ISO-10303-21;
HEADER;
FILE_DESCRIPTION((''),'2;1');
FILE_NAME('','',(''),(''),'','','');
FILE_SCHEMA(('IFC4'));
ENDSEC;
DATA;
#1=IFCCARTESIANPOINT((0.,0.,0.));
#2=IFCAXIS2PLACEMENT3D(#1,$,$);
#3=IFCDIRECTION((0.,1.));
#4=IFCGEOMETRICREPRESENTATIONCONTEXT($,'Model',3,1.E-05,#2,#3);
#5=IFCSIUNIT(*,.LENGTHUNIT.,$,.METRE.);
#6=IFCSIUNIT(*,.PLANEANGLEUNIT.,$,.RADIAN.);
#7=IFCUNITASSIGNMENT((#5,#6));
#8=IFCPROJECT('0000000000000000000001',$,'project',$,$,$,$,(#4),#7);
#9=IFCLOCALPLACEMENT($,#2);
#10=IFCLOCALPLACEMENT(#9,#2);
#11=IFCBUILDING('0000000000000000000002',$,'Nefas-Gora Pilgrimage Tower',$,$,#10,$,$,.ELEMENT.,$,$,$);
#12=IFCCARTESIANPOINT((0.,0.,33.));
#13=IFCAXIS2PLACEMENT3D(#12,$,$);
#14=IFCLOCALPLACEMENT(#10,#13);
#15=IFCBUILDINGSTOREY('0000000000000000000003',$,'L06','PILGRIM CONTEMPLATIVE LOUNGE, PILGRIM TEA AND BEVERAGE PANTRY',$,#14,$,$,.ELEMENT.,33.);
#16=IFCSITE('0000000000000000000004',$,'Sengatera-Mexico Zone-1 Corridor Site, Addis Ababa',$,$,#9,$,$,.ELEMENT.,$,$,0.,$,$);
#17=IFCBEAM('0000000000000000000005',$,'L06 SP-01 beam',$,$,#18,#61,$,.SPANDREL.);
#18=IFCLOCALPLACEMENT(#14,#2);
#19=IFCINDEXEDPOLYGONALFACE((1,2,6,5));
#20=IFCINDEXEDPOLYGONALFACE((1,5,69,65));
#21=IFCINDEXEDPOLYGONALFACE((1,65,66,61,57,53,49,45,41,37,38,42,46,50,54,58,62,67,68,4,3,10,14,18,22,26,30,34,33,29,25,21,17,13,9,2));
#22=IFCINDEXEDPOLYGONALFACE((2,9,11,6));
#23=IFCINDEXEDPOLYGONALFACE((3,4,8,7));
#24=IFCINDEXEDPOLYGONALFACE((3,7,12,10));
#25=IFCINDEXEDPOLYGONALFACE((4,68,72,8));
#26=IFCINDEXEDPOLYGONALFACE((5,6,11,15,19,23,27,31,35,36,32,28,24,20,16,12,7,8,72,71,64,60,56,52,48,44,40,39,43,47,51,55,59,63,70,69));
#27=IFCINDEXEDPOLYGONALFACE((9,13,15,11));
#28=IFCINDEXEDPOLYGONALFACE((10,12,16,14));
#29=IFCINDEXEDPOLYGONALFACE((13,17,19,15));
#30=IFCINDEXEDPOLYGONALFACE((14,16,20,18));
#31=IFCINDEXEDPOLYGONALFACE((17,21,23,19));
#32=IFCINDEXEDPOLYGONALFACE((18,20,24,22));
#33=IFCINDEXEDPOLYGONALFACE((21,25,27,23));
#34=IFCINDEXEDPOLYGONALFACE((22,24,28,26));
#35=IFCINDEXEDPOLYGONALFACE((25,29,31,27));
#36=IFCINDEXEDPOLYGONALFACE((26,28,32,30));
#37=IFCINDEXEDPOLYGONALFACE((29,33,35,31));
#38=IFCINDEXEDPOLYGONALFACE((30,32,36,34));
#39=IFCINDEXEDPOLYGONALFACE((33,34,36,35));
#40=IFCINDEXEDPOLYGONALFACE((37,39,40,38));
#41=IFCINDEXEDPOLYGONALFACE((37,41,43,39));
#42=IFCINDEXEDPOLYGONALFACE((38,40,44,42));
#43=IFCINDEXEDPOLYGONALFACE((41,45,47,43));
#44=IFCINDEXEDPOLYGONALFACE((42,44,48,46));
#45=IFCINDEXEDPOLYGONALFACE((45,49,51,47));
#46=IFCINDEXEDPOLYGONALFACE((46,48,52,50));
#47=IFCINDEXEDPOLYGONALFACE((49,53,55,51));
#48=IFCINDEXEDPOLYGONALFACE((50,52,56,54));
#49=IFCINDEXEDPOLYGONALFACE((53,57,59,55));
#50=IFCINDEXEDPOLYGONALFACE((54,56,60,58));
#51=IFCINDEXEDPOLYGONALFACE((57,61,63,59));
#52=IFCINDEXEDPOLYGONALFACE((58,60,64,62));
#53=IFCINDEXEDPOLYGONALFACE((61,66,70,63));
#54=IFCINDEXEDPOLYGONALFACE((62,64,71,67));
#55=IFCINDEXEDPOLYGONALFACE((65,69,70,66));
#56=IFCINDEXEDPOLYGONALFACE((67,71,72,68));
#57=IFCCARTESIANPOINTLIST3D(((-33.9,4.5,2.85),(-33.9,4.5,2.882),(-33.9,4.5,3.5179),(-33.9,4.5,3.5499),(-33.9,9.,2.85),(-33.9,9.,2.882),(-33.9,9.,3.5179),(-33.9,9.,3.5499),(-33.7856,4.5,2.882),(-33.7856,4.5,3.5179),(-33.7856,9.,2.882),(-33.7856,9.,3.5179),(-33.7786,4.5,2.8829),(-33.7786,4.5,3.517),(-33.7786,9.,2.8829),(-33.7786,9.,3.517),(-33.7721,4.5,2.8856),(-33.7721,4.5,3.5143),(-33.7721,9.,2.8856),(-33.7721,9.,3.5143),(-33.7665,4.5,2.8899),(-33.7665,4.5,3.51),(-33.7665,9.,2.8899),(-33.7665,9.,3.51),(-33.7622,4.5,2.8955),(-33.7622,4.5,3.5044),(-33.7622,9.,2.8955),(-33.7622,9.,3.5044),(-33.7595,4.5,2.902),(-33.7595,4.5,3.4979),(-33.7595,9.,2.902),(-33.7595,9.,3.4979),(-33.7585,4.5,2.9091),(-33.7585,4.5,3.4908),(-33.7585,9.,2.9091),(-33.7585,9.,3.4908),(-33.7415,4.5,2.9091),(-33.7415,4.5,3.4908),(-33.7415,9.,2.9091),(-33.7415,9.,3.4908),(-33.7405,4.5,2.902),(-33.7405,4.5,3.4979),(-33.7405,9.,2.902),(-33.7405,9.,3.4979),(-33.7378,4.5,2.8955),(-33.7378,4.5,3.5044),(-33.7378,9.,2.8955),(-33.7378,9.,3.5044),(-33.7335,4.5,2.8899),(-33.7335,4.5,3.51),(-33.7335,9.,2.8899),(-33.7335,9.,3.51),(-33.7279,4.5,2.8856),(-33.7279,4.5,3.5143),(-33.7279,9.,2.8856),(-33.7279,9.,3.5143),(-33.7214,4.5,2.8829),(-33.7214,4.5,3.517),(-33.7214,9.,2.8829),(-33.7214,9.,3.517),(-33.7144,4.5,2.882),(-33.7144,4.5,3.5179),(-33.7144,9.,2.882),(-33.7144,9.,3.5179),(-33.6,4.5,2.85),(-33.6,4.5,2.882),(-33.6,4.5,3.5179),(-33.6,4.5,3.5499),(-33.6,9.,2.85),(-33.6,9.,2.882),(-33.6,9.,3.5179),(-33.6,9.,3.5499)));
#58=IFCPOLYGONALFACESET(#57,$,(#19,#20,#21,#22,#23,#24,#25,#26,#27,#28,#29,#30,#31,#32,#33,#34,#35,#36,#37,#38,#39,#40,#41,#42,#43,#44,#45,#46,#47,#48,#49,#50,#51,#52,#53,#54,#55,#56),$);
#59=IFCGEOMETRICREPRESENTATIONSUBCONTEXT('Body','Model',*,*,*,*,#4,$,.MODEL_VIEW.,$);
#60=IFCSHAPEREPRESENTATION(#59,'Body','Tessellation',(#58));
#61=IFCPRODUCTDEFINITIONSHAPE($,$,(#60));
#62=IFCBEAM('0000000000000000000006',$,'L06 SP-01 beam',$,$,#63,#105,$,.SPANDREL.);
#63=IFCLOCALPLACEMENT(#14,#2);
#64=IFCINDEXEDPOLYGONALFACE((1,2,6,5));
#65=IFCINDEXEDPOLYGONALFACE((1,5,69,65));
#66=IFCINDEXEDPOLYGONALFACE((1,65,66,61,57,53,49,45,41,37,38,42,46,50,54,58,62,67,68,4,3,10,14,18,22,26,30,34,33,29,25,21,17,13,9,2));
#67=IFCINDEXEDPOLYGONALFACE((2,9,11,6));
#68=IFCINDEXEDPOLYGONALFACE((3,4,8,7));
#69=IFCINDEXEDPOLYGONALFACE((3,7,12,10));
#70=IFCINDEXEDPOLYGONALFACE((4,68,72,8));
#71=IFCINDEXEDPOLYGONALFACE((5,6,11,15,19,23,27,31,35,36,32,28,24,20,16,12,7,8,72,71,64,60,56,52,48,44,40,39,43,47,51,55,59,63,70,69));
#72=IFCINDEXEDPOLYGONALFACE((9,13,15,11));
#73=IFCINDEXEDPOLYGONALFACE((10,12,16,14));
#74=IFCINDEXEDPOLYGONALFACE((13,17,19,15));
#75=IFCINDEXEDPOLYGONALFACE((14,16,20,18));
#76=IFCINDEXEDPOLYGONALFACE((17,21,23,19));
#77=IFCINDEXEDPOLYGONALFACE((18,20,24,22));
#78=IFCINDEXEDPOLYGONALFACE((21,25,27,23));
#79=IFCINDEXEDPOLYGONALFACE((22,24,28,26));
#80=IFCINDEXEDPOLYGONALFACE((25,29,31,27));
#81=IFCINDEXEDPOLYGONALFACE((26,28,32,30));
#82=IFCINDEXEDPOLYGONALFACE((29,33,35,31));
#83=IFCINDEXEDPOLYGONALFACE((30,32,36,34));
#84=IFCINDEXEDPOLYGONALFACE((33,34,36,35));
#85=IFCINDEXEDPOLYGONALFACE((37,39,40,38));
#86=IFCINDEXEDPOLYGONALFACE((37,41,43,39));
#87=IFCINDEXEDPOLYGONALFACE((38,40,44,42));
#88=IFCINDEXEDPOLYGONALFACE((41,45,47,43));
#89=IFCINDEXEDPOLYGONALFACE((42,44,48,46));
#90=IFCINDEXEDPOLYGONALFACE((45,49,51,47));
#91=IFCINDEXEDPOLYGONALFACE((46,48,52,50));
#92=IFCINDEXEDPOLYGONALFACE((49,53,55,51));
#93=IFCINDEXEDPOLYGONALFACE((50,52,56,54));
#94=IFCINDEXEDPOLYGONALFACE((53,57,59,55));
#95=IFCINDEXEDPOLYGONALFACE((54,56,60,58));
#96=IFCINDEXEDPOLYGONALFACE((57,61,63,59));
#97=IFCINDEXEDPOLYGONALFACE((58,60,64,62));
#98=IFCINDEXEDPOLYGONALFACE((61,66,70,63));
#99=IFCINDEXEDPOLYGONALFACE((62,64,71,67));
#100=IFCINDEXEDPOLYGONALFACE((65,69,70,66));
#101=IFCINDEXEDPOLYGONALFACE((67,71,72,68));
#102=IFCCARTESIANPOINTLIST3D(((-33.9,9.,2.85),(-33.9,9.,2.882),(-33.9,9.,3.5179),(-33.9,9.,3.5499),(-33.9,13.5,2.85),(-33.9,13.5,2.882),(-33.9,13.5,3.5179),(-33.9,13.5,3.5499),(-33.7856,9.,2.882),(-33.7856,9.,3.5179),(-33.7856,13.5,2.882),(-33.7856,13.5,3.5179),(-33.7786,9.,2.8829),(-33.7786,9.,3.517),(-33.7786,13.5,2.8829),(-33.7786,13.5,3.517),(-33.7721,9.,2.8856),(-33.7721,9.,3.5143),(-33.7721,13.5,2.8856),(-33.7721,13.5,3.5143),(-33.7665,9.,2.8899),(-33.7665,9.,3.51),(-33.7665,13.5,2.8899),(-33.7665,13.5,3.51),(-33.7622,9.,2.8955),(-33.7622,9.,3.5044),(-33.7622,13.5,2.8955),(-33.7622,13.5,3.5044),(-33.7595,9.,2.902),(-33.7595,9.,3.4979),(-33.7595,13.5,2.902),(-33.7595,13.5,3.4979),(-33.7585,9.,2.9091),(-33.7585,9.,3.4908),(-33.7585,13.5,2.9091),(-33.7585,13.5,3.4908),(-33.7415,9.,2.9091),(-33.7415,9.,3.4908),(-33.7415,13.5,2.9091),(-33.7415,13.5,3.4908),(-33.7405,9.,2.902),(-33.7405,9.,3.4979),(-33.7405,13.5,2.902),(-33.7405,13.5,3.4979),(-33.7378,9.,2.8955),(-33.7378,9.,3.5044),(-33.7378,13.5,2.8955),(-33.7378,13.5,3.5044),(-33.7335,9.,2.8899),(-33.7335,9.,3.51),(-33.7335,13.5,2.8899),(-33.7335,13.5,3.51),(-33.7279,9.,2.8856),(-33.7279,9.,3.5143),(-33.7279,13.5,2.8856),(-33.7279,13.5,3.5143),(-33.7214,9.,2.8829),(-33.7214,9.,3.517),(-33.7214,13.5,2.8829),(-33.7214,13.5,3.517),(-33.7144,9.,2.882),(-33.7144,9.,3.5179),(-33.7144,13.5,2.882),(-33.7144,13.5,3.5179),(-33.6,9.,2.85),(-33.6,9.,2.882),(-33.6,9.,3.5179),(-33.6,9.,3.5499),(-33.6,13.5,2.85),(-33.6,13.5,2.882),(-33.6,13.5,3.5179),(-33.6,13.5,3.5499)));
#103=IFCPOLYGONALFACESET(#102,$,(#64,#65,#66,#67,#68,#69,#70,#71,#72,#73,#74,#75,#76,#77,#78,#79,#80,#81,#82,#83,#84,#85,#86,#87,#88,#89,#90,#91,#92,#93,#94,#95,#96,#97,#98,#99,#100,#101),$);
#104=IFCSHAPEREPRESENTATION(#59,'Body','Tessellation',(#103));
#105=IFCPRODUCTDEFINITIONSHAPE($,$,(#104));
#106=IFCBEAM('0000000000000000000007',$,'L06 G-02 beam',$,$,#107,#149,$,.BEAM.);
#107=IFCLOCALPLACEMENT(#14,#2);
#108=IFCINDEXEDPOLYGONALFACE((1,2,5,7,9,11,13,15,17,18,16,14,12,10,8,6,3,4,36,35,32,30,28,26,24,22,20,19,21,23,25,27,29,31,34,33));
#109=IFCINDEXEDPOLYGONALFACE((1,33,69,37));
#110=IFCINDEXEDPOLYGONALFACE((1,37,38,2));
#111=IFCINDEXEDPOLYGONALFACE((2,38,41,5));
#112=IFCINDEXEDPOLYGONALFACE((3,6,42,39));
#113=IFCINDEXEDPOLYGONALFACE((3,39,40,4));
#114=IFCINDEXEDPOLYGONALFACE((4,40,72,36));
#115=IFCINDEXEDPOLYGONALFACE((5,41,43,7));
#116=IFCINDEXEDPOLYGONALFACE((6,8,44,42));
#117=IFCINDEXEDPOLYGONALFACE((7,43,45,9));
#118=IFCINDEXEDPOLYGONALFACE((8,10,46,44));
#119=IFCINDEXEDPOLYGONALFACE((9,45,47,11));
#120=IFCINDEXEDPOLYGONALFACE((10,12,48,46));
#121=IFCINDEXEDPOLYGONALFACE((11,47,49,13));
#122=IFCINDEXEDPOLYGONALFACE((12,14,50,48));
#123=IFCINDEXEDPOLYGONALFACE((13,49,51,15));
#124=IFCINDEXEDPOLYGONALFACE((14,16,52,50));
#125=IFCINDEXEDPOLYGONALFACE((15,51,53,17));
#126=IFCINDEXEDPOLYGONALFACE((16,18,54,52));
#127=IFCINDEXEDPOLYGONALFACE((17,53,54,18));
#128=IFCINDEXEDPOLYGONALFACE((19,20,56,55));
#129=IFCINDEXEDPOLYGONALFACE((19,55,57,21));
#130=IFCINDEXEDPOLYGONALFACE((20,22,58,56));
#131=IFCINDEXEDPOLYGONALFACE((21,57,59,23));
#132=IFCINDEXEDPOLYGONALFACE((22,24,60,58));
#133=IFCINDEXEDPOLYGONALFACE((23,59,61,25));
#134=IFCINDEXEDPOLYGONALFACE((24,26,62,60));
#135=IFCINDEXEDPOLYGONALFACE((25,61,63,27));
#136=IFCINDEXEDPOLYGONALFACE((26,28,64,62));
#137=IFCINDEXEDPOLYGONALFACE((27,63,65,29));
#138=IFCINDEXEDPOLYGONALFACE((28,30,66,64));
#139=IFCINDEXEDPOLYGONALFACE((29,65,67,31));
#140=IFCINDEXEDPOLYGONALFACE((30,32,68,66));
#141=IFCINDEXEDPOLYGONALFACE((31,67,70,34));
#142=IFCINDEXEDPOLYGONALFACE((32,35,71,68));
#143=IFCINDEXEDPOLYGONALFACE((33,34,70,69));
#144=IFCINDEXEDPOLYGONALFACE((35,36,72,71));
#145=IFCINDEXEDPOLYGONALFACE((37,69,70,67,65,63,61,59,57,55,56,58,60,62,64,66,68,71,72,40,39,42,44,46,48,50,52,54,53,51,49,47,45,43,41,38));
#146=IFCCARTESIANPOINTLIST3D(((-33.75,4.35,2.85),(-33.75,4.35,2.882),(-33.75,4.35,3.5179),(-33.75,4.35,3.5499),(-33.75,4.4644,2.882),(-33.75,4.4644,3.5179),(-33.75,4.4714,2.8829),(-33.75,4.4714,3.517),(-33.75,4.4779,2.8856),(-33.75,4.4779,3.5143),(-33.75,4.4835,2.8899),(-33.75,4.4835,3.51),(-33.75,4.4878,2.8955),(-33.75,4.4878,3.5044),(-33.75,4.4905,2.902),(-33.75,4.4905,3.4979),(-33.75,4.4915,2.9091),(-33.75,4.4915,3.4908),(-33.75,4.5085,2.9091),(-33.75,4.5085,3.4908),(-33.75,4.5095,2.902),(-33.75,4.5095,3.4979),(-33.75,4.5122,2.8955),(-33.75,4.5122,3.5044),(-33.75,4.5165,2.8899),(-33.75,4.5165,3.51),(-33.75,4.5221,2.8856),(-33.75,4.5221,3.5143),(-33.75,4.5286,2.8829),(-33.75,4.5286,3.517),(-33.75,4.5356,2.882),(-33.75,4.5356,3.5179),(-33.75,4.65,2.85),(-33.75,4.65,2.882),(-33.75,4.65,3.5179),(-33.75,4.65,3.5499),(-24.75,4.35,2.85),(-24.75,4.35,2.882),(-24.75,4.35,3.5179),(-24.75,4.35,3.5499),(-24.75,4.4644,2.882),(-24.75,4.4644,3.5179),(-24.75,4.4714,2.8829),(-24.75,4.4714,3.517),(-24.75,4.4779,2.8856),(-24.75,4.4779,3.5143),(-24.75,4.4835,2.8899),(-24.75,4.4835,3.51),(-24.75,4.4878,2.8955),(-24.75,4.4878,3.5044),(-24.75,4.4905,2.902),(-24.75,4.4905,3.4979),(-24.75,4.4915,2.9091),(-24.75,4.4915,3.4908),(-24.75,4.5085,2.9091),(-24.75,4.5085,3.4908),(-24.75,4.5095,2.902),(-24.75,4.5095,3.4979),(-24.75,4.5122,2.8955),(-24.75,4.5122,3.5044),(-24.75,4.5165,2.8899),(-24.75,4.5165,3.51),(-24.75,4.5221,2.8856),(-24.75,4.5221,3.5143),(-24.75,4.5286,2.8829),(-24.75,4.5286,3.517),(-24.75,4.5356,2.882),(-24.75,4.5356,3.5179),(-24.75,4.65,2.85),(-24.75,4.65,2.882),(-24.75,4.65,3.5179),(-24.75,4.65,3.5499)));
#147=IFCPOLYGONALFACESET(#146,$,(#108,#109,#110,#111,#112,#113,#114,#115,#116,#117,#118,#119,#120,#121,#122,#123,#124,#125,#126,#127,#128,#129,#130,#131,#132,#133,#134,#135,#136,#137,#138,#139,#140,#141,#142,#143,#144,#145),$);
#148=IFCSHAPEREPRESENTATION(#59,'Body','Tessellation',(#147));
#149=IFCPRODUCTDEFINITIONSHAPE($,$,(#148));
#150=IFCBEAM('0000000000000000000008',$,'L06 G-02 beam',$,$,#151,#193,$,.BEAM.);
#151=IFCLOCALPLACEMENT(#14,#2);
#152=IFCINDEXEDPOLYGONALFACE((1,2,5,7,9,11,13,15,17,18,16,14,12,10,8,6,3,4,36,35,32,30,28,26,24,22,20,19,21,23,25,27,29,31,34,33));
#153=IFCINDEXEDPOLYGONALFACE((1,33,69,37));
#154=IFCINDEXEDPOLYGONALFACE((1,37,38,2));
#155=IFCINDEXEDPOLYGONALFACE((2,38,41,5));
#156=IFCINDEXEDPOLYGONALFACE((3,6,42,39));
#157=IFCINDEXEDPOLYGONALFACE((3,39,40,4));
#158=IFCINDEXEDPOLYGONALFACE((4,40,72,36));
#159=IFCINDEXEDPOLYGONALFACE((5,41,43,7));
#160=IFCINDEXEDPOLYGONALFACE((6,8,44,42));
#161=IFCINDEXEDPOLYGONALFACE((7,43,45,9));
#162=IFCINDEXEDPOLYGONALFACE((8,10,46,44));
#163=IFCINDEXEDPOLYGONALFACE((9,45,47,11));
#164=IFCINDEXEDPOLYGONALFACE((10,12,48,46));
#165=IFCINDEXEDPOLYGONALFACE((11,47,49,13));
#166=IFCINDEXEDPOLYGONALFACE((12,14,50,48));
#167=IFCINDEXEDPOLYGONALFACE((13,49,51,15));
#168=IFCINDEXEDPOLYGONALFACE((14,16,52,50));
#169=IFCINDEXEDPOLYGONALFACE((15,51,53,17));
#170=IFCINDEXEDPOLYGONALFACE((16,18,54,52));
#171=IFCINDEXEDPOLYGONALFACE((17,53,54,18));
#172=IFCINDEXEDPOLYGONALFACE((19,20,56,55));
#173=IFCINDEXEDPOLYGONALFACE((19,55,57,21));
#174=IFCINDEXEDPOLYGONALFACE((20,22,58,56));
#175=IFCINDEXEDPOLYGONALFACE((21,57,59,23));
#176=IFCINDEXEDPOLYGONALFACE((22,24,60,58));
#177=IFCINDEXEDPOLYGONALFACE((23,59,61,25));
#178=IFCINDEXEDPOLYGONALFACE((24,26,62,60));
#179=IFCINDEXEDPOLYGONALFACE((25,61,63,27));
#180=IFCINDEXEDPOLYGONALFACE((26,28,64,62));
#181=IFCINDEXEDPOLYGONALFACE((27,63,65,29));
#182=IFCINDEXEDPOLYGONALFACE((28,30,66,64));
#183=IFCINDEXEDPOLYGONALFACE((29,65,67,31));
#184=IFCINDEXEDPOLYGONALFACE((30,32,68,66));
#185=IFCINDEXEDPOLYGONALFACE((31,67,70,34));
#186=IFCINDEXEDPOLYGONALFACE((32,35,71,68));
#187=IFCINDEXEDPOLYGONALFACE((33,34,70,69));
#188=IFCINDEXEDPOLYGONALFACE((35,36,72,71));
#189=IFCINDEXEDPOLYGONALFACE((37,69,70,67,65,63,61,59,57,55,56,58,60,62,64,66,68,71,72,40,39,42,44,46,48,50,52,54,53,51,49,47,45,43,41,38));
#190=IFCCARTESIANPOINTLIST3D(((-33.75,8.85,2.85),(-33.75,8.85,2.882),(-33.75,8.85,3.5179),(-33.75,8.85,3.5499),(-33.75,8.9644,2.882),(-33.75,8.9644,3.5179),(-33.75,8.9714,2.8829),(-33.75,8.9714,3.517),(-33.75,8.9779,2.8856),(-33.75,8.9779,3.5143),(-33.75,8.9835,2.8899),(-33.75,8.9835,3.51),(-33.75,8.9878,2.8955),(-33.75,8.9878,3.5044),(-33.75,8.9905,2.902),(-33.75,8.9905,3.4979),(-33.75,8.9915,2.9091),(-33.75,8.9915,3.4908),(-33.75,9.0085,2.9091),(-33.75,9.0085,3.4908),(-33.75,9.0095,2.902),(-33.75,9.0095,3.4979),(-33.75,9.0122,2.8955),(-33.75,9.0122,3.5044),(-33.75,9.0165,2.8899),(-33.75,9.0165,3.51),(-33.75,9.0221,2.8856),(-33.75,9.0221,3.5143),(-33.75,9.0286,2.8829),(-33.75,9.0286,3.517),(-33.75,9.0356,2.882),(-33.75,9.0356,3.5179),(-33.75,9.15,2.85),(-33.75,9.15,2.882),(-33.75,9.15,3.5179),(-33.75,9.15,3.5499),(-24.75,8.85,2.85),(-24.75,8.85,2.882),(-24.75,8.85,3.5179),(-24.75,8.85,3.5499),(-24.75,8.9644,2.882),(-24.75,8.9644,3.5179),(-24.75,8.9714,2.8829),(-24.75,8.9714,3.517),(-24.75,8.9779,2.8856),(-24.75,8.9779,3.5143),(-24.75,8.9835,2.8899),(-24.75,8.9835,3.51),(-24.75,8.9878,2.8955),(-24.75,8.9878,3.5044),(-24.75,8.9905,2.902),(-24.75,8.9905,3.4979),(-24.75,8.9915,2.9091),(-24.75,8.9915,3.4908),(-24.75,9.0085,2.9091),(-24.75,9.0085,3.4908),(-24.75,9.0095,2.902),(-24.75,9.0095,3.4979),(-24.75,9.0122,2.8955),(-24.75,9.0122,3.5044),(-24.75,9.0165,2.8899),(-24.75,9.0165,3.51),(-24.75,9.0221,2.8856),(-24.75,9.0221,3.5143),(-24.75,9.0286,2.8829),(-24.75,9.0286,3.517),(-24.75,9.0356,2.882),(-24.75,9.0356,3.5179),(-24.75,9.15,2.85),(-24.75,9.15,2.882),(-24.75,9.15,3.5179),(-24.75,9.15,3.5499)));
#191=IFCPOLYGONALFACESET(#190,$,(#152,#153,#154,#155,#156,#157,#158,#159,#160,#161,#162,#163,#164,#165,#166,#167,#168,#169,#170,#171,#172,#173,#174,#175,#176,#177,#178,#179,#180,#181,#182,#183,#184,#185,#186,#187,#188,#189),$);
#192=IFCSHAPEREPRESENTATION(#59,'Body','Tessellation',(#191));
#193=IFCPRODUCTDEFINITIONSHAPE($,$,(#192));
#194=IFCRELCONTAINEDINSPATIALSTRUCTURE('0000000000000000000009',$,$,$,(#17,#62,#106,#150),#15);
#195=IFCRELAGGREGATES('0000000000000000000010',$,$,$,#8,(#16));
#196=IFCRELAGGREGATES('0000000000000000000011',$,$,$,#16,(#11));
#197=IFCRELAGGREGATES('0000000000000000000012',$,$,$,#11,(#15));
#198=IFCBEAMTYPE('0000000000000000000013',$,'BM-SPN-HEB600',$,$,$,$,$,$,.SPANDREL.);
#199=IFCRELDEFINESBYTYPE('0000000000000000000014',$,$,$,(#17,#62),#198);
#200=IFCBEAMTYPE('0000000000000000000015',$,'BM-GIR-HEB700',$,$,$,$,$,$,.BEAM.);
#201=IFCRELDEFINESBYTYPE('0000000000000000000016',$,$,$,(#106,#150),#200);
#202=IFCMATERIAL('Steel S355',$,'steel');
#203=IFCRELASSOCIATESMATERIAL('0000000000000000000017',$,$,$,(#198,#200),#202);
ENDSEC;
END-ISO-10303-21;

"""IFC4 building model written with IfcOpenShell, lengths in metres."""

from ifc_helpers import new_model, si_unit, direction, frame, origin, origin_2d, place, context, subcontext, project, spatial, i_section, extrude, source, transform, mapped, material, material_profile, profile_set, type_object, element, save


model = new_model("IFC4")

# Units and contexts
model_context = context("Model", 3, precision=1e-05, world=origin(), true_north=direction((0.0, 1.0)))
body_context = subcontext(model_context, "Body", "Model", "MODEL_VIEW")
ifc_project = project(units=[si_unit("LENGTHUNIT", "METRE"), si_unit("PLANEANGLEUNIT", "RADIAN")], contexts=[model_context])

# Site, building, storey
site_placement = place(None, origin())
site = spatial("IfcSite", under=ifc_project, at=site_placement, Name="Sengatera-Mexico Zone-1 Corridor Site, Addis Ababa", CompositionType="ELEMENT", RefElevation=0.0)
building_placement = place(site_placement, origin())
building = spatial("IfcBuilding", under=site, at=building_placement, Name="Nefas-Gora Pilgrimage Tower", CompositionType="ELEMENT")
storey_placement = place(building_placement, frame((0.0, 0.0, 33.0)))
storey = spatial("IfcBuildingStorey", under=building, at=storey_placement, Name="L06", Description="PILGRIM CONTEMPLATIVE LOUNGE, PILGRIM TEA AND BEVERAGE PANTRY", CompositionType="ELEMENT", Elevation=33.0)

# Beams
ifc_material_1 = material(Name="Steel S355", Category="steel")
ifc_material_profile_1 = material_profile(ifc_material_1, i_section(OverallWidth=0.3, OverallDepth=0.7, WebThickness=0.0171, FlangeThickness=0.032, FilletRadius=0.0271, at=origin_2d()), Name="HEB 700")
ifc_profile_set_1 = profile_set([ifc_material_profile_1], Name="Steel S355")
beam_type_1 = type_object("IfcBeamType", Name="BM-SPN-HEB600", PredefinedType="SPANDREL", material=ifc_profile_set_1)
shared_shape_1 = source(origin(), body_context, "Body", "SweptSolid", [
    extrude(i_section(OverallWidth=0.3, OverallDepth=0.7, WebThickness=0.0171, FlangeThickness=0.032, FilletRadius=0.0271, at=origin_2d()), origin(), (0.0, 0.0, 1.0), 4.5),
])
for number, where, z_axis, x_axis, name in (
    (1, (-33.75, 4.5, 3.2), (0.0, 1.0, 0.0), (-1.0, 0.0, 0.0), "L06 SP-01 beam"),
    (2, (-33.75, 9.0, 3.2), (0.0, 1.0, 0.0), (-1.0, 0.0, 0.0), "L06 SP-01 beam"),
):
    element("IfcBeam", number, at=place(storey_placement, frame(where, z_axis=z_axis, x_axis=x_axis)), inside=storey, type_object=beam_type_1, Name=name, PredefinedType="SPANDREL", context=body_context, shape_type="MappedRepresentation", body=[
        mapped(shared_shape_1, transform((0.0, 0.0, 0.0), x_axis=(1.0, 0.0, 0.0), y_axis=(0.0, 1.0, 0.0), z_axis=(0.0, 0.0, 1.0), scale=1.0)),
    ])
ifc_material_profile_2 = material_profile(ifc_material_1, i_section(OverallWidth=0.3, OverallDepth=0.7, WebThickness=0.0171, FlangeThickness=0.032, FilletRadius=0.0271, at=origin_2d()), Name="HEB 700")
ifc_profile_set_2 = profile_set([ifc_material_profile_2], Name="Steel S355")
beam_type_2 = type_object("IfcBeamType", Name="BM-GIR-HEB700", PredefinedType="BEAM", material=ifc_profile_set_2)
shared_shape_2 = source(origin(), body_context, "Body", "SweptSolid", [
    extrude(i_section(OverallWidth=0.3, OverallDepth=0.7, WebThickness=0.0171, FlangeThickness=0.032, FilletRadius=0.0271, at=origin_2d()), origin(), (0.0, 0.0, 1.0), 9.0),
])
for number, where, z_axis, x_axis, name in (
    (3, (-33.75, 4.5, 3.2), (1.0, 0.0, 0.0), (0.0, 1.0, 0.0), "L06 G-02 beam"),
    (4, (-33.75, 9.0, 3.2), (1.0, 0.0, 0.0), (0.0, 1.0, 0.0), "L06 G-02 beam"),
):
    element("IfcBeam", number, at=place(storey_placement, frame(where, z_axis=z_axis, x_axis=x_axis)), inside=storey, type_object=beam_type_2, Name=name, PredefinedType="BEAM", context=body_context, shape_type="MappedRepresentation", body=[
        mapped(shared_shape_2, transform((0.0, 0.0, 0.0), x_axis=(1.0, 0.0, 0.0), y_axis=(0.0, 1.0, 0.0), z_axis=(0.0, 0.0, 1.0), scale=1.0)),
    ])

save(model, "model.ifc")
